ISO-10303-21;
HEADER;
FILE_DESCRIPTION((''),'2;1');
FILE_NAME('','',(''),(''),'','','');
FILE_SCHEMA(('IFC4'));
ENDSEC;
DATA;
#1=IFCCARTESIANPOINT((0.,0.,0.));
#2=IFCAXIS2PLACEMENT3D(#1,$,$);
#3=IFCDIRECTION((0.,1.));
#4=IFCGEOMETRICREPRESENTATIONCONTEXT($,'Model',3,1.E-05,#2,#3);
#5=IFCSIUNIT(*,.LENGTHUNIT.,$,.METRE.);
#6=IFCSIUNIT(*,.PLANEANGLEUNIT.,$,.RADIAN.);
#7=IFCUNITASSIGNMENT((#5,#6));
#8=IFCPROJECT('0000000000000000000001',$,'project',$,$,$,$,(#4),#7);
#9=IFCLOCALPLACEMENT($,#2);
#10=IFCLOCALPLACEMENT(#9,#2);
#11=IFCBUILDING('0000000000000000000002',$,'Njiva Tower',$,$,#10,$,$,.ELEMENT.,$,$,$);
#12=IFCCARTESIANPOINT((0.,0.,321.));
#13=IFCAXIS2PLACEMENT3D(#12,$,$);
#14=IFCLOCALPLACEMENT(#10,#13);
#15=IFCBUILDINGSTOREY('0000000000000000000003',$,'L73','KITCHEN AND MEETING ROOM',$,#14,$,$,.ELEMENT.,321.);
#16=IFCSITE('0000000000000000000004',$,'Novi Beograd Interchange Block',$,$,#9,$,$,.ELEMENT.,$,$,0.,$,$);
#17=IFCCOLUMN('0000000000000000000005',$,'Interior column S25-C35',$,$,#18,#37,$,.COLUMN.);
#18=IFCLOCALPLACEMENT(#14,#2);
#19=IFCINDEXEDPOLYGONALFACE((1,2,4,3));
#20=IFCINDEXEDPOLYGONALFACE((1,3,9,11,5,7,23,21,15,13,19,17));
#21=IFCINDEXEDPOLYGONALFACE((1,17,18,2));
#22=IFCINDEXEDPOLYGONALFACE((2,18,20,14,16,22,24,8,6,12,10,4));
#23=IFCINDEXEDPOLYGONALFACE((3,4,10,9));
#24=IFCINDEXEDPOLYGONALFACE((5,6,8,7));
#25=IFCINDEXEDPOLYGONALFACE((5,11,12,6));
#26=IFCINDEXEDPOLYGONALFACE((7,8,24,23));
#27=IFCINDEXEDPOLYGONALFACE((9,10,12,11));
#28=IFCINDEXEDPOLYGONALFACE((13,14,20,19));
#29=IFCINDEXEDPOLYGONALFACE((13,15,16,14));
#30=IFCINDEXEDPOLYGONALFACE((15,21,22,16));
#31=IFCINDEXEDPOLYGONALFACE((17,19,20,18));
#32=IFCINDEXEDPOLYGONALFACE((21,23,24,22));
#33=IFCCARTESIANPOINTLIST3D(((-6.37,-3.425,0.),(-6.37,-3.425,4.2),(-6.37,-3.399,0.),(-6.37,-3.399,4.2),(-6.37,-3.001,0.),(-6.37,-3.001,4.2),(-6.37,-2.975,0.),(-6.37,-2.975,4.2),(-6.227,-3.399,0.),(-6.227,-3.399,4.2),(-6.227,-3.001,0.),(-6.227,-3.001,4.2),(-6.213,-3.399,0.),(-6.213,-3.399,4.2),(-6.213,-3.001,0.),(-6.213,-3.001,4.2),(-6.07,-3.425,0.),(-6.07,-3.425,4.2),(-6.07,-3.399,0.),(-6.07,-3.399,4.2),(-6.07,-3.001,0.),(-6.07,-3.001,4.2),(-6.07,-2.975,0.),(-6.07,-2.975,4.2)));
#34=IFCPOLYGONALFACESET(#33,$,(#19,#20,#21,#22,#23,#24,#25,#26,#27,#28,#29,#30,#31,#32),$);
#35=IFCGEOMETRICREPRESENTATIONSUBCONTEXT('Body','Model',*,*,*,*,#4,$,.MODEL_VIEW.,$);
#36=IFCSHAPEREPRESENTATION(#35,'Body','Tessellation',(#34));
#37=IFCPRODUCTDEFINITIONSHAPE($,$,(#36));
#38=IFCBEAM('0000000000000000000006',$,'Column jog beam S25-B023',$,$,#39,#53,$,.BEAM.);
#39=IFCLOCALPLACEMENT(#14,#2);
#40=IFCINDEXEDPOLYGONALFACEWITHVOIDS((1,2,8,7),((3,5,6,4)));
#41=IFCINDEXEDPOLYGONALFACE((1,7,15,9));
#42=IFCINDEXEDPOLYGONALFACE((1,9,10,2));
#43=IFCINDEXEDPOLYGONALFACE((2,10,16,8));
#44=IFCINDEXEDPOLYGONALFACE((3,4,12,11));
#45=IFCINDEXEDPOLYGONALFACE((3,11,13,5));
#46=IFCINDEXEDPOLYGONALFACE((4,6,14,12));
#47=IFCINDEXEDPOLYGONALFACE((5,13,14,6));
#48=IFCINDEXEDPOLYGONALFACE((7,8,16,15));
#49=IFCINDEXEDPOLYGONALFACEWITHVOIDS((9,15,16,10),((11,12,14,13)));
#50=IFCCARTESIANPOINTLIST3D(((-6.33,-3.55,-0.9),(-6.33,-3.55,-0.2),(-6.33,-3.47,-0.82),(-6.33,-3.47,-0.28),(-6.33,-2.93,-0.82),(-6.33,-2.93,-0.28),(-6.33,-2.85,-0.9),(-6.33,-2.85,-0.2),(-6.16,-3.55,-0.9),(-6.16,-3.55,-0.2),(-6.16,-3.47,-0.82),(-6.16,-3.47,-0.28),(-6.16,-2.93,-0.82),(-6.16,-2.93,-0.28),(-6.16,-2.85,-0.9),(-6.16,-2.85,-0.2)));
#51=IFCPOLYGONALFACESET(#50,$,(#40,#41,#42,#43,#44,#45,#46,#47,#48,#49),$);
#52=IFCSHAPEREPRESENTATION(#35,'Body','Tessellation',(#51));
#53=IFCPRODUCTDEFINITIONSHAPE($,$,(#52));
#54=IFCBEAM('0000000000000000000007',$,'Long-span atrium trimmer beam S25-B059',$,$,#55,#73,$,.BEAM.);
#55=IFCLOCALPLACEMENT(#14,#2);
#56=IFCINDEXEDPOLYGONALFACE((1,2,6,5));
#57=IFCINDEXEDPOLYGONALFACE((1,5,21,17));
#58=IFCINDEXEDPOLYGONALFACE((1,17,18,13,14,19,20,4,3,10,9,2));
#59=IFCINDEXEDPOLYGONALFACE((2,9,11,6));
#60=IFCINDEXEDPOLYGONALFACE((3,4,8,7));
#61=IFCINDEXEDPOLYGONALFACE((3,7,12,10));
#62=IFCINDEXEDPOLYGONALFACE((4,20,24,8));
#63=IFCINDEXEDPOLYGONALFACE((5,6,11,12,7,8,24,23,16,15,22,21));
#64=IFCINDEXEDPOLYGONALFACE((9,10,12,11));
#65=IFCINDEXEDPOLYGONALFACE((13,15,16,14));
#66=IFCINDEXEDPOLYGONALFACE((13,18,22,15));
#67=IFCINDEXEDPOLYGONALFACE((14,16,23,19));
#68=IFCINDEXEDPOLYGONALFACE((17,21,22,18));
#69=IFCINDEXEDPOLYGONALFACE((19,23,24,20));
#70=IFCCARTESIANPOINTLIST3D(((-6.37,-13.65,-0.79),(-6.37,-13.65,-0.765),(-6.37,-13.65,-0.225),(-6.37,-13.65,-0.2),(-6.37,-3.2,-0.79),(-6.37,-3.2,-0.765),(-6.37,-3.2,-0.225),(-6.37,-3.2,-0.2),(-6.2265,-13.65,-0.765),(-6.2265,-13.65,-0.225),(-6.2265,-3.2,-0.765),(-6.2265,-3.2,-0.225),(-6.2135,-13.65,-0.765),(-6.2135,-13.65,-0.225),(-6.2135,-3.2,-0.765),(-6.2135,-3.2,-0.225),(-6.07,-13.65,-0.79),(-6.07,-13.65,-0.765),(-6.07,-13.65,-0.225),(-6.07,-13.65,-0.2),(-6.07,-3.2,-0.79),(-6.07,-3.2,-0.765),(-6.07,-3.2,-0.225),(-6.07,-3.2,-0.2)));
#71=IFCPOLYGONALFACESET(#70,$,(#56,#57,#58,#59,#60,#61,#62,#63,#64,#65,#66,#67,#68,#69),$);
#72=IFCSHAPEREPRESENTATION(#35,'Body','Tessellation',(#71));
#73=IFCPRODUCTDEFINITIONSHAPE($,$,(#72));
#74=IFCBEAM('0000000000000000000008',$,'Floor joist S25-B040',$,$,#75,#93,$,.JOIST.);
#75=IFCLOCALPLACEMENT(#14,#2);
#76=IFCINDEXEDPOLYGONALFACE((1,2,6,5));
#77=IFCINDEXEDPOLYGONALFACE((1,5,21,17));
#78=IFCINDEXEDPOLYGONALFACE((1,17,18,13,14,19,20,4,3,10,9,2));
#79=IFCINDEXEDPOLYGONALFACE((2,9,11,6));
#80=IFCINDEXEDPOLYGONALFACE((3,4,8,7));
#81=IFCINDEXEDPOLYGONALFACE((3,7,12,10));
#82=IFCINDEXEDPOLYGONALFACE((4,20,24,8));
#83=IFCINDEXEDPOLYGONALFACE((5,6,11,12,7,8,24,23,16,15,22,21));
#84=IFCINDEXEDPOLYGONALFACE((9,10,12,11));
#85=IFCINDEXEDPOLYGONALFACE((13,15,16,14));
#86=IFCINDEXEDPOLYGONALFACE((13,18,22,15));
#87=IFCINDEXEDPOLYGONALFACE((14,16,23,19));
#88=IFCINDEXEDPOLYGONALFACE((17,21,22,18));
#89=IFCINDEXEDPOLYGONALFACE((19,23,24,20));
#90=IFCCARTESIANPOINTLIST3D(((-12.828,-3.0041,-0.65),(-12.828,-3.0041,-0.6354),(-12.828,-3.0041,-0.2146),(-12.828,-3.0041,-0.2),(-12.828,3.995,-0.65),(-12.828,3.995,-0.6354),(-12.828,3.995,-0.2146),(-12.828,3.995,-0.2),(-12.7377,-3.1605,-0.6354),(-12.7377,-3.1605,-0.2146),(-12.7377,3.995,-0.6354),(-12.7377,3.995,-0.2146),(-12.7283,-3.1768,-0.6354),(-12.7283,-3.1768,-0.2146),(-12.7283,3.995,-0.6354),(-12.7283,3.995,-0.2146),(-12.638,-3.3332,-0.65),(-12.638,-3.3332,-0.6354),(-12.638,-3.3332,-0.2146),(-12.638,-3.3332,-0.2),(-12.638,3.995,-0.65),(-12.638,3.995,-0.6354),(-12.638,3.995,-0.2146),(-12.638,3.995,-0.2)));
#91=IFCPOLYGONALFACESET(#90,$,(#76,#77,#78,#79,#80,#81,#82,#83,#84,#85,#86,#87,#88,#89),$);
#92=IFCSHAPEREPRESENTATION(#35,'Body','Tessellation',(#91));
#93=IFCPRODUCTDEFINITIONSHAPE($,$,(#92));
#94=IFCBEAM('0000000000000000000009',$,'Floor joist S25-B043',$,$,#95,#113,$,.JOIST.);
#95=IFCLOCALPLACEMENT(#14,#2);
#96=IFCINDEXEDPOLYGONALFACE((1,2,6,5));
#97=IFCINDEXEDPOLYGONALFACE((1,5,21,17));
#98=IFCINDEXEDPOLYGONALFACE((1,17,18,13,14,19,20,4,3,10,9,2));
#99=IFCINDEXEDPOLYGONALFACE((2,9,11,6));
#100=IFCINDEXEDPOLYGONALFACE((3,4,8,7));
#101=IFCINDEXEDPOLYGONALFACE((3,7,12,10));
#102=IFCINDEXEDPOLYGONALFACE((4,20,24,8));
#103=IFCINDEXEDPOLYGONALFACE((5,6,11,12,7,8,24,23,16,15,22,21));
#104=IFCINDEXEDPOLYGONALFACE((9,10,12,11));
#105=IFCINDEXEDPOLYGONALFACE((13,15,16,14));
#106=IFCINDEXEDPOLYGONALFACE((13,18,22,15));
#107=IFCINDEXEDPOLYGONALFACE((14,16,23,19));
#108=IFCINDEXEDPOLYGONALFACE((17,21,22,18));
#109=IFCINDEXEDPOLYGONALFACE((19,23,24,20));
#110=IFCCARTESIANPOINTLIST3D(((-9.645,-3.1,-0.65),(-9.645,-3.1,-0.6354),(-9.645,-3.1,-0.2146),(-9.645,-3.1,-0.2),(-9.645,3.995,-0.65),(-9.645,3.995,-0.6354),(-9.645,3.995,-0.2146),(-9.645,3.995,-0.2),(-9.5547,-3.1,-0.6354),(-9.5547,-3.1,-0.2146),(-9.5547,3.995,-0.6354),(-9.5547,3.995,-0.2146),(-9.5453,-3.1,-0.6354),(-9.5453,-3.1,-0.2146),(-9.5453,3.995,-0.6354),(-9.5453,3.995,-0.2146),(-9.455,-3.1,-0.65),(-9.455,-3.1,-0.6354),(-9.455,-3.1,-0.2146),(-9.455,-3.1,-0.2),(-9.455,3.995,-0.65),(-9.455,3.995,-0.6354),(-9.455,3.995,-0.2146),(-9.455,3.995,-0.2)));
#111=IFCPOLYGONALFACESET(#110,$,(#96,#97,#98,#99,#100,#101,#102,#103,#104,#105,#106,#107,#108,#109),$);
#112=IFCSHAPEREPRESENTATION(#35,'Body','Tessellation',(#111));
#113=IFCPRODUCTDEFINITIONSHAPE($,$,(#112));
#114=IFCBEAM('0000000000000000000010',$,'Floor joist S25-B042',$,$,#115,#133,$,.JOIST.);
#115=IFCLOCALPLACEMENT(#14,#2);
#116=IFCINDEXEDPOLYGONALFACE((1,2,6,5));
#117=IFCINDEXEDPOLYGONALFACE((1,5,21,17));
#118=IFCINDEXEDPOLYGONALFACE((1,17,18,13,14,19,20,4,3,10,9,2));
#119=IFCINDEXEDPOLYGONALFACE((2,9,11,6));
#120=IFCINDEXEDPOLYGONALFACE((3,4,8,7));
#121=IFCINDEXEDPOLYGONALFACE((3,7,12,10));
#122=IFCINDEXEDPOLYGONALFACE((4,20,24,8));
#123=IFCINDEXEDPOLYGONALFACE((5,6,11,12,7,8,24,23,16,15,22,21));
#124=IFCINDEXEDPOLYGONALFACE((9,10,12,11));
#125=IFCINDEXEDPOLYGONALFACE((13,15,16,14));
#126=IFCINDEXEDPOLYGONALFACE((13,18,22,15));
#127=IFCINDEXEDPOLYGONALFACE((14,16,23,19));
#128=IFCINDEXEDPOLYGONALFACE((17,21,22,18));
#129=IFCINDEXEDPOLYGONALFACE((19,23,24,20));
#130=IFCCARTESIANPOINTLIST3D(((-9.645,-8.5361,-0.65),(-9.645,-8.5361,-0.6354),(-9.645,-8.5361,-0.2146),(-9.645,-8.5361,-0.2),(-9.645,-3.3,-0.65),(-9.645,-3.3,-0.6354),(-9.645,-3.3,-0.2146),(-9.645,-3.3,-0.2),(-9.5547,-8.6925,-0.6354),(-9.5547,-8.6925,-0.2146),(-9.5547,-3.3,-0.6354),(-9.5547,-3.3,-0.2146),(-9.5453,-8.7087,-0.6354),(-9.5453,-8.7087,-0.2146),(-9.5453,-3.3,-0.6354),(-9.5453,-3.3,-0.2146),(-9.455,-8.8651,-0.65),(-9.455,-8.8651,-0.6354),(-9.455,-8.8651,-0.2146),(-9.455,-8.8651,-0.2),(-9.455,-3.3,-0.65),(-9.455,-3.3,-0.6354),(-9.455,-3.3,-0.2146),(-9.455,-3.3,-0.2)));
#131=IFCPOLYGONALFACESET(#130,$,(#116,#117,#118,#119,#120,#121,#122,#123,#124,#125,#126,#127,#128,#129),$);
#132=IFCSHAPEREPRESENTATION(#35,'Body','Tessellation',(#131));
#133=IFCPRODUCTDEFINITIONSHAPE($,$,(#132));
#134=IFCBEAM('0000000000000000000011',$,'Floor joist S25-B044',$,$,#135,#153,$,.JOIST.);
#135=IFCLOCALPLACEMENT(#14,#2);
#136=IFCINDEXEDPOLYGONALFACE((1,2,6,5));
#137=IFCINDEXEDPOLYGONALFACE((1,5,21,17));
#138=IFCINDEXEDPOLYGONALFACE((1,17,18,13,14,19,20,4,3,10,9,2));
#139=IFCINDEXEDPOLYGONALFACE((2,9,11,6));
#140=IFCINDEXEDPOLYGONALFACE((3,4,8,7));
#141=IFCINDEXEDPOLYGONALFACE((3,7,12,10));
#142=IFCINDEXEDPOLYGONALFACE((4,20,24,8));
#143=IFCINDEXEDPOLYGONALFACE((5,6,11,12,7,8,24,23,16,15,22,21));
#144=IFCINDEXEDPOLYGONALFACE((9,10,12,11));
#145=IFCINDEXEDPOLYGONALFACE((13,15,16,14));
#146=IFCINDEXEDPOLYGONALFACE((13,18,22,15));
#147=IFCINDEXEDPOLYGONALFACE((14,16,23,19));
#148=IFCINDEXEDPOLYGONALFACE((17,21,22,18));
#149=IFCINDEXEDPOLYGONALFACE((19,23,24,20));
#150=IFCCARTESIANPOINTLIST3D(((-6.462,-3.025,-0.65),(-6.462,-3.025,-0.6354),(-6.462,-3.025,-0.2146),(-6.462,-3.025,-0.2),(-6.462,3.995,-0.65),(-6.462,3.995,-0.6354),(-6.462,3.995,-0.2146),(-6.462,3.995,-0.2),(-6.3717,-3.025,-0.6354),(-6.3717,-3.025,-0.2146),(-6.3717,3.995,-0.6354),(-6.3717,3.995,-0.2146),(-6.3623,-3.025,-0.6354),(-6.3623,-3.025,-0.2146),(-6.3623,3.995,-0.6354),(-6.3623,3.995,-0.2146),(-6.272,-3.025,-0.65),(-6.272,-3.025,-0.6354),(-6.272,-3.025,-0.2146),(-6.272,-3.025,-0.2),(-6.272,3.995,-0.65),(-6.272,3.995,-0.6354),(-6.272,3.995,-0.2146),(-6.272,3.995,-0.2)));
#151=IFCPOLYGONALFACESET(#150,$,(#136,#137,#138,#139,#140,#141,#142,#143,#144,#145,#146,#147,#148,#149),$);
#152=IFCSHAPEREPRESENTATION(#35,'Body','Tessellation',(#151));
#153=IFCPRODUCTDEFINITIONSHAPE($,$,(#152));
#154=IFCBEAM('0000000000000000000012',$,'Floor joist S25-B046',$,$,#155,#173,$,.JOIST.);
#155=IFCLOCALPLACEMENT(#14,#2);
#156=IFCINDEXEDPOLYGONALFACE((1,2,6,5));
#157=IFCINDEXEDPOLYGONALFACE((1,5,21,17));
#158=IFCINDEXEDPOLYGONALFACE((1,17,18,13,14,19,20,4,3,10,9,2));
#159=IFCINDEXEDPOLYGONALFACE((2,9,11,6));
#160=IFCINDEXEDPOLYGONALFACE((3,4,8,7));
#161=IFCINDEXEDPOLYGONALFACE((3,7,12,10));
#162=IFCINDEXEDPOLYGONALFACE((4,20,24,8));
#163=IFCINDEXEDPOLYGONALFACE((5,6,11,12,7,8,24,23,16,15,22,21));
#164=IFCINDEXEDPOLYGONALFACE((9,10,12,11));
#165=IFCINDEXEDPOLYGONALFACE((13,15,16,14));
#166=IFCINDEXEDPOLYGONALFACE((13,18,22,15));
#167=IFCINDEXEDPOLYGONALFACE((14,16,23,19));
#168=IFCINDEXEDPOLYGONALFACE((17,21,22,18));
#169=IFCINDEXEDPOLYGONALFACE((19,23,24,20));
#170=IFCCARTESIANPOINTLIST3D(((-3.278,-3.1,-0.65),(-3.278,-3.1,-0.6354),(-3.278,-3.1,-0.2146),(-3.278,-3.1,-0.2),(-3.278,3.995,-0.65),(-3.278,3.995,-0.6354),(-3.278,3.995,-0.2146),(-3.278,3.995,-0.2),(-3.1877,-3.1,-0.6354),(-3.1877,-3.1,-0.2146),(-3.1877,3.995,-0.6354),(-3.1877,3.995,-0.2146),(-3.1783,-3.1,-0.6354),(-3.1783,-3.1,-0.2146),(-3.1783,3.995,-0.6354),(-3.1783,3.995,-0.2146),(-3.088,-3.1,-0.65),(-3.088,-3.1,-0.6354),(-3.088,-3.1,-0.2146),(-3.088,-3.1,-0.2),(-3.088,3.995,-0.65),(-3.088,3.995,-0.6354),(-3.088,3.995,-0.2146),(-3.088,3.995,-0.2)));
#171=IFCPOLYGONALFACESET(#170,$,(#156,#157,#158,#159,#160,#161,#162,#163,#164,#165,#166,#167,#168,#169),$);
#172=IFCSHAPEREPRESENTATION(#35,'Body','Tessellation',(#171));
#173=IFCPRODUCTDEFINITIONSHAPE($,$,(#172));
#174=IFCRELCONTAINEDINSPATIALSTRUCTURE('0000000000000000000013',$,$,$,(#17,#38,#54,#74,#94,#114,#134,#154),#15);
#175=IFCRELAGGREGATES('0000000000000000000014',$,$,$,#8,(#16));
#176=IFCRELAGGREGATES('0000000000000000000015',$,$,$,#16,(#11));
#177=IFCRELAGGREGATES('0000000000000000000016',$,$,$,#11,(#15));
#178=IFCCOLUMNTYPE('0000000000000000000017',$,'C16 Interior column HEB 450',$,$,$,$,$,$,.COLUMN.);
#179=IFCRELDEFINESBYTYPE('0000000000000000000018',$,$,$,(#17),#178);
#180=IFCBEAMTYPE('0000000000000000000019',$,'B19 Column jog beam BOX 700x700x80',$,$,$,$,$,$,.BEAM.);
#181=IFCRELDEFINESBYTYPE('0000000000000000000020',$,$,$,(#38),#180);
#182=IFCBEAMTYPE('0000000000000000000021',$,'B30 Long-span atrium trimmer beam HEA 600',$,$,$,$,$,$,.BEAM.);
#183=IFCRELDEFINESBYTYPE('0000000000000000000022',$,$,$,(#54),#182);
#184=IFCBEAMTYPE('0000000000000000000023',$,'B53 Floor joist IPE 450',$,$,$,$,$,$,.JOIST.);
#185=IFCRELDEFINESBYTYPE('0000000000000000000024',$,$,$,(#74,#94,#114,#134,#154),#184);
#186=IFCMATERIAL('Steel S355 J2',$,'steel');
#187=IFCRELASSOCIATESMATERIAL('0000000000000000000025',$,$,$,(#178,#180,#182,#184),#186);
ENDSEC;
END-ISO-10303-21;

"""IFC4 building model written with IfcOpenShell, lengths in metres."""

from ifc_helpers import new_model, si_unit, direction, frame, origin, origin_2d, place, context, subcontext, project, spatial, hollow_rectangle, i_section, extrude, clip, halfspace, material, material_profile, profile_set, type_object, element, save


model = new_model("IFC4")

# Units and contexts
model_context = context("Model", 3, precision=1e-05, world=origin(), true_north=direction((0.0, 1.0)))
body_context = subcontext(model_context, "Body", "Model", "MODEL_VIEW")
ifc_project = project(units=[si_unit("LENGTHUNIT", "METRE"), si_unit("PLANEANGLEUNIT", "RADIAN")], contexts=[model_context])

# Site, building, storey
site_placement = place(None, origin())
site = spatial("IfcSite", under=ifc_project, at=site_placement, Name="Novi Beograd Interchange Block", CompositionType="ELEMENT", RefElevation=0.0)
building_placement = place(site_placement, origin())
building = spatial("IfcBuilding", under=site, at=building_placement, Name="Njiva Tower", CompositionType="ELEMENT")
storey_placement = place(building_placement, frame((0.0, 0.0, 321.0)))
storey = spatial("IfcBuildingStorey", under=building, at=storey_placement, Name="L73", Description="KITCHEN AND MEETING ROOM", CompositionType="ELEMENT", Elevation=321.0)

# Column
ifc_material_1 = material(Name="Steel S355 J2", Category="steel")
ifc_material_profile_1 = material_profile(ifc_material_1, i_section(OverallWidth=0.3, OverallDepth=0.45, WebThickness=0.014, FlangeThickness=0.026, at=origin_2d()), Name="HEB 450")
ifc_profile_set_1 = profile_set([ifc_material_profile_1], Name="Steel S355 J2")
column_type = type_object("IfcColumnType", Name="C16 Interior column HEB 450", PredefinedType="COLUMN", material=ifc_profile_set_1)
column_placement = place(storey_placement, frame((-6.22, -3.2, 0.0), z_axis=(0.0, 0.0, 1.0), x_axis=(1.0, 0.0, 0.0)))
element("IfcColumn", 1, at=column_placement, inside=storey, type_object=column_type, Name="Interior column S25-C35", PredefinedType="COLUMN", context=body_context, shape_type="SweptSolid", body=[
    extrude(i_section(OverallWidth=0.3, OverallDepth=0.45, WebThickness=0.014, FlangeThickness=0.026, at=origin_2d()), origin(), (0.0, 0.0, 1.0), 4.2),
])

# Beams
ifc_material_profile_2 = material_profile(ifc_material_1, hollow_rectangle(XDim=0.7, YDim=0.7, WallThickness=0.08, at=origin_2d()), Name="BOX 700x700x80")
ifc_profile_set_2 = profile_set([ifc_material_profile_2], Name="Steel S355 J2")
beam_type_1 = type_object("IfcBeamType", Name="B19 Column jog beam BOX 700x700x80", PredefinedType="BEAM", material=ifc_profile_set_2)
beam_1_placement = place(storey_placement, frame((-6.33, -3.2, -0.55), z_axis=(1.0, 0.0, 0.0), x_axis=(0.0, 1.0, 0.0)))
element("IfcBeam", 2, at=beam_1_placement, inside=storey, type_object=beam_type_1, Name="Column jog beam S25-B023", PredefinedType="BEAM", context=body_context, shape_type="SweptSolid", body=[
    extrude(hollow_rectangle(XDim=0.7, YDim=0.7, WallThickness=0.08, at=origin_2d()), origin(), (0.0, 0.0, 1.0), 0.17),
])
ifc_material_profile_3 = material_profile(ifc_material_1, i_section(OverallWidth=0.3, OverallDepth=0.59, WebThickness=0.013, FlangeThickness=0.025, at=origin_2d()), Name="HEA 600")
ifc_profile_set_3 = profile_set([ifc_material_profile_3], Name="Steel S355 J2")
beam_type_2 = type_object("IfcBeamType", Name="B30 Long-span atrium trimmer beam HEA 600", PredefinedType="BEAM", material=ifc_profile_set_3)
beam_2_placement = place(storey_placement, frame((-6.22, -3.2, -0.495), z_axis=(0.0, -1.0, 0.0), x_axis=(1.0, 0.0, 0.0)))
element("IfcBeam", 3, at=beam_2_placement, inside=storey, type_object=beam_type_2, Name="Long-span atrium trimmer beam S25-B059", PredefinedType="BEAM", context=body_context, shape_type="SweptSolid", body=[
    extrude(i_section(OverallWidth=0.3, OverallDepth=0.59, WebThickness=0.013, FlangeThickness=0.025, at=origin_2d()), origin(), (0.0, 0.0, 1.0), 10.45),
])
ifc_material_profile_4 = material_profile(ifc_material_1, i_section(OverallWidth=0.19, OverallDepth=0.45, WebThickness=0.0094, FlangeThickness=0.0146, at=origin_2d()), Name="IPE 450")
ifc_profile_set_4 = profile_set([ifc_material_profile_4], Name="Steel S355 J2")
beam_type_3 = type_object("IfcBeamType", Name="B53 Floor joist IPE 450", PredefinedType="JOIST", material=ifc_profile_set_4)
beam_3_placement = place(storey_placement, frame((-12.733, 3.995, -0.425), z_axis=(0.0, -1.0, 0.0), x_axis=(1.0, 0.0, 0.0)))
element("IfcBeam", 4, at=beam_3_placement, inside=storey, type_object=beam_type_3, Name="Floor joist S25-B040", PredefinedType="JOIST", context=body_context, shape_type="Clipping", body=[
    clip(extrude(i_section(OverallWidth=0.19, OverallDepth=0.45, WebThickness=0.0094, FlangeThickness=0.0146, at=origin_2d()), origin(), (0.0, 0.0, 1.0), 7.348), halfspace(frame((-0.0436, 0.0, 7.0881), z_axis=(-0.866027, 0.0, 0.499998), x_axis=(0.0, 1.0, 0.0)), False)),
])
beam_4_placement = place(storey_placement, frame((-9.55, 3.995, -0.425), z_axis=(0.0, -1.0, 0.0), x_axis=(1.0, 0.0, 0.0)))
element("IfcBeam", 5, at=beam_4_placement, inside=storey, type_object=beam_type_3, Name="Floor joist S25-B043", PredefinedType="JOIST", context=body_context, shape_type="SweptSolid", body=[
    extrude(i_section(OverallWidth=0.19, OverallDepth=0.45, WebThickness=0.0094, FlangeThickness=0.0146, at=origin_2d()), origin(), (0.0, 0.0, 1.0), 7.095),
])
beam_5_placement = place(storey_placement, frame((-9.55, -3.3, -0.425), z_axis=(0.0, -1.0, 0.0), x_axis=(1.0, 0.0, 0.0)))
element("IfcBeam", 6, at=beam_5_placement, inside=storey, type_object=beam_type_3, Name="Floor joist S25-B042", PredefinedType="JOIST", context=body_context, shape_type="Clipping", body=[
    clip(extrude(i_section(OverallWidth=0.19, OverallDepth=0.45, WebThickness=0.0094, FlangeThickness=0.0146, at=origin_2d()), origin(), (0.0, 0.0, 1.0), 5.586), halfspace(frame((-0.0433, 0.0, 5.3256), z_axis=(-0.866027, 0.0, 0.499998), x_axis=(0.0, 1.0, 0.0)), False)),
])
beam_6_placement = place(storey_placement, frame((-6.367, 3.995, -0.425), z_axis=(0.0, -1.0, 0.0), x_axis=(1.0, 0.0, 0.0)))
element("IfcBeam", 7, at=beam_6_placement, inside=storey, type_object=beam_type_3, Name="Floor joist S25-B044", PredefinedType="JOIST", context=body_context, shape_type="SweptSolid", body=[
    extrude(i_section(OverallWidth=0.19, OverallDepth=0.45, WebThickness=0.0094, FlangeThickness=0.0146, at=origin_2d()), origin(), (0.0, 0.0, 1.0), 7.02),
])
beam_7_placement = place(storey_placement, frame((-3.183, 3.995, -0.425), z_axis=(0.0, -1.0, 0.0), x_axis=(1.0, 0.0, 0.0)))
element("IfcBeam", 8, at=beam_7_placement, inside=storey, type_object=beam_type_3, Name="Floor joist S25-B046", PredefinedType="JOIST", context=body_context, shape_type="SweptSolid", body=[
    extrude(i_section(OverallWidth=0.19, OverallDepth=0.45, WebThickness=0.0094, FlangeThickness=0.0146, at=origin_2d()), origin(), (0.0, 0.0, 1.0), 7.095),
])

save(model, "model.ifc")
